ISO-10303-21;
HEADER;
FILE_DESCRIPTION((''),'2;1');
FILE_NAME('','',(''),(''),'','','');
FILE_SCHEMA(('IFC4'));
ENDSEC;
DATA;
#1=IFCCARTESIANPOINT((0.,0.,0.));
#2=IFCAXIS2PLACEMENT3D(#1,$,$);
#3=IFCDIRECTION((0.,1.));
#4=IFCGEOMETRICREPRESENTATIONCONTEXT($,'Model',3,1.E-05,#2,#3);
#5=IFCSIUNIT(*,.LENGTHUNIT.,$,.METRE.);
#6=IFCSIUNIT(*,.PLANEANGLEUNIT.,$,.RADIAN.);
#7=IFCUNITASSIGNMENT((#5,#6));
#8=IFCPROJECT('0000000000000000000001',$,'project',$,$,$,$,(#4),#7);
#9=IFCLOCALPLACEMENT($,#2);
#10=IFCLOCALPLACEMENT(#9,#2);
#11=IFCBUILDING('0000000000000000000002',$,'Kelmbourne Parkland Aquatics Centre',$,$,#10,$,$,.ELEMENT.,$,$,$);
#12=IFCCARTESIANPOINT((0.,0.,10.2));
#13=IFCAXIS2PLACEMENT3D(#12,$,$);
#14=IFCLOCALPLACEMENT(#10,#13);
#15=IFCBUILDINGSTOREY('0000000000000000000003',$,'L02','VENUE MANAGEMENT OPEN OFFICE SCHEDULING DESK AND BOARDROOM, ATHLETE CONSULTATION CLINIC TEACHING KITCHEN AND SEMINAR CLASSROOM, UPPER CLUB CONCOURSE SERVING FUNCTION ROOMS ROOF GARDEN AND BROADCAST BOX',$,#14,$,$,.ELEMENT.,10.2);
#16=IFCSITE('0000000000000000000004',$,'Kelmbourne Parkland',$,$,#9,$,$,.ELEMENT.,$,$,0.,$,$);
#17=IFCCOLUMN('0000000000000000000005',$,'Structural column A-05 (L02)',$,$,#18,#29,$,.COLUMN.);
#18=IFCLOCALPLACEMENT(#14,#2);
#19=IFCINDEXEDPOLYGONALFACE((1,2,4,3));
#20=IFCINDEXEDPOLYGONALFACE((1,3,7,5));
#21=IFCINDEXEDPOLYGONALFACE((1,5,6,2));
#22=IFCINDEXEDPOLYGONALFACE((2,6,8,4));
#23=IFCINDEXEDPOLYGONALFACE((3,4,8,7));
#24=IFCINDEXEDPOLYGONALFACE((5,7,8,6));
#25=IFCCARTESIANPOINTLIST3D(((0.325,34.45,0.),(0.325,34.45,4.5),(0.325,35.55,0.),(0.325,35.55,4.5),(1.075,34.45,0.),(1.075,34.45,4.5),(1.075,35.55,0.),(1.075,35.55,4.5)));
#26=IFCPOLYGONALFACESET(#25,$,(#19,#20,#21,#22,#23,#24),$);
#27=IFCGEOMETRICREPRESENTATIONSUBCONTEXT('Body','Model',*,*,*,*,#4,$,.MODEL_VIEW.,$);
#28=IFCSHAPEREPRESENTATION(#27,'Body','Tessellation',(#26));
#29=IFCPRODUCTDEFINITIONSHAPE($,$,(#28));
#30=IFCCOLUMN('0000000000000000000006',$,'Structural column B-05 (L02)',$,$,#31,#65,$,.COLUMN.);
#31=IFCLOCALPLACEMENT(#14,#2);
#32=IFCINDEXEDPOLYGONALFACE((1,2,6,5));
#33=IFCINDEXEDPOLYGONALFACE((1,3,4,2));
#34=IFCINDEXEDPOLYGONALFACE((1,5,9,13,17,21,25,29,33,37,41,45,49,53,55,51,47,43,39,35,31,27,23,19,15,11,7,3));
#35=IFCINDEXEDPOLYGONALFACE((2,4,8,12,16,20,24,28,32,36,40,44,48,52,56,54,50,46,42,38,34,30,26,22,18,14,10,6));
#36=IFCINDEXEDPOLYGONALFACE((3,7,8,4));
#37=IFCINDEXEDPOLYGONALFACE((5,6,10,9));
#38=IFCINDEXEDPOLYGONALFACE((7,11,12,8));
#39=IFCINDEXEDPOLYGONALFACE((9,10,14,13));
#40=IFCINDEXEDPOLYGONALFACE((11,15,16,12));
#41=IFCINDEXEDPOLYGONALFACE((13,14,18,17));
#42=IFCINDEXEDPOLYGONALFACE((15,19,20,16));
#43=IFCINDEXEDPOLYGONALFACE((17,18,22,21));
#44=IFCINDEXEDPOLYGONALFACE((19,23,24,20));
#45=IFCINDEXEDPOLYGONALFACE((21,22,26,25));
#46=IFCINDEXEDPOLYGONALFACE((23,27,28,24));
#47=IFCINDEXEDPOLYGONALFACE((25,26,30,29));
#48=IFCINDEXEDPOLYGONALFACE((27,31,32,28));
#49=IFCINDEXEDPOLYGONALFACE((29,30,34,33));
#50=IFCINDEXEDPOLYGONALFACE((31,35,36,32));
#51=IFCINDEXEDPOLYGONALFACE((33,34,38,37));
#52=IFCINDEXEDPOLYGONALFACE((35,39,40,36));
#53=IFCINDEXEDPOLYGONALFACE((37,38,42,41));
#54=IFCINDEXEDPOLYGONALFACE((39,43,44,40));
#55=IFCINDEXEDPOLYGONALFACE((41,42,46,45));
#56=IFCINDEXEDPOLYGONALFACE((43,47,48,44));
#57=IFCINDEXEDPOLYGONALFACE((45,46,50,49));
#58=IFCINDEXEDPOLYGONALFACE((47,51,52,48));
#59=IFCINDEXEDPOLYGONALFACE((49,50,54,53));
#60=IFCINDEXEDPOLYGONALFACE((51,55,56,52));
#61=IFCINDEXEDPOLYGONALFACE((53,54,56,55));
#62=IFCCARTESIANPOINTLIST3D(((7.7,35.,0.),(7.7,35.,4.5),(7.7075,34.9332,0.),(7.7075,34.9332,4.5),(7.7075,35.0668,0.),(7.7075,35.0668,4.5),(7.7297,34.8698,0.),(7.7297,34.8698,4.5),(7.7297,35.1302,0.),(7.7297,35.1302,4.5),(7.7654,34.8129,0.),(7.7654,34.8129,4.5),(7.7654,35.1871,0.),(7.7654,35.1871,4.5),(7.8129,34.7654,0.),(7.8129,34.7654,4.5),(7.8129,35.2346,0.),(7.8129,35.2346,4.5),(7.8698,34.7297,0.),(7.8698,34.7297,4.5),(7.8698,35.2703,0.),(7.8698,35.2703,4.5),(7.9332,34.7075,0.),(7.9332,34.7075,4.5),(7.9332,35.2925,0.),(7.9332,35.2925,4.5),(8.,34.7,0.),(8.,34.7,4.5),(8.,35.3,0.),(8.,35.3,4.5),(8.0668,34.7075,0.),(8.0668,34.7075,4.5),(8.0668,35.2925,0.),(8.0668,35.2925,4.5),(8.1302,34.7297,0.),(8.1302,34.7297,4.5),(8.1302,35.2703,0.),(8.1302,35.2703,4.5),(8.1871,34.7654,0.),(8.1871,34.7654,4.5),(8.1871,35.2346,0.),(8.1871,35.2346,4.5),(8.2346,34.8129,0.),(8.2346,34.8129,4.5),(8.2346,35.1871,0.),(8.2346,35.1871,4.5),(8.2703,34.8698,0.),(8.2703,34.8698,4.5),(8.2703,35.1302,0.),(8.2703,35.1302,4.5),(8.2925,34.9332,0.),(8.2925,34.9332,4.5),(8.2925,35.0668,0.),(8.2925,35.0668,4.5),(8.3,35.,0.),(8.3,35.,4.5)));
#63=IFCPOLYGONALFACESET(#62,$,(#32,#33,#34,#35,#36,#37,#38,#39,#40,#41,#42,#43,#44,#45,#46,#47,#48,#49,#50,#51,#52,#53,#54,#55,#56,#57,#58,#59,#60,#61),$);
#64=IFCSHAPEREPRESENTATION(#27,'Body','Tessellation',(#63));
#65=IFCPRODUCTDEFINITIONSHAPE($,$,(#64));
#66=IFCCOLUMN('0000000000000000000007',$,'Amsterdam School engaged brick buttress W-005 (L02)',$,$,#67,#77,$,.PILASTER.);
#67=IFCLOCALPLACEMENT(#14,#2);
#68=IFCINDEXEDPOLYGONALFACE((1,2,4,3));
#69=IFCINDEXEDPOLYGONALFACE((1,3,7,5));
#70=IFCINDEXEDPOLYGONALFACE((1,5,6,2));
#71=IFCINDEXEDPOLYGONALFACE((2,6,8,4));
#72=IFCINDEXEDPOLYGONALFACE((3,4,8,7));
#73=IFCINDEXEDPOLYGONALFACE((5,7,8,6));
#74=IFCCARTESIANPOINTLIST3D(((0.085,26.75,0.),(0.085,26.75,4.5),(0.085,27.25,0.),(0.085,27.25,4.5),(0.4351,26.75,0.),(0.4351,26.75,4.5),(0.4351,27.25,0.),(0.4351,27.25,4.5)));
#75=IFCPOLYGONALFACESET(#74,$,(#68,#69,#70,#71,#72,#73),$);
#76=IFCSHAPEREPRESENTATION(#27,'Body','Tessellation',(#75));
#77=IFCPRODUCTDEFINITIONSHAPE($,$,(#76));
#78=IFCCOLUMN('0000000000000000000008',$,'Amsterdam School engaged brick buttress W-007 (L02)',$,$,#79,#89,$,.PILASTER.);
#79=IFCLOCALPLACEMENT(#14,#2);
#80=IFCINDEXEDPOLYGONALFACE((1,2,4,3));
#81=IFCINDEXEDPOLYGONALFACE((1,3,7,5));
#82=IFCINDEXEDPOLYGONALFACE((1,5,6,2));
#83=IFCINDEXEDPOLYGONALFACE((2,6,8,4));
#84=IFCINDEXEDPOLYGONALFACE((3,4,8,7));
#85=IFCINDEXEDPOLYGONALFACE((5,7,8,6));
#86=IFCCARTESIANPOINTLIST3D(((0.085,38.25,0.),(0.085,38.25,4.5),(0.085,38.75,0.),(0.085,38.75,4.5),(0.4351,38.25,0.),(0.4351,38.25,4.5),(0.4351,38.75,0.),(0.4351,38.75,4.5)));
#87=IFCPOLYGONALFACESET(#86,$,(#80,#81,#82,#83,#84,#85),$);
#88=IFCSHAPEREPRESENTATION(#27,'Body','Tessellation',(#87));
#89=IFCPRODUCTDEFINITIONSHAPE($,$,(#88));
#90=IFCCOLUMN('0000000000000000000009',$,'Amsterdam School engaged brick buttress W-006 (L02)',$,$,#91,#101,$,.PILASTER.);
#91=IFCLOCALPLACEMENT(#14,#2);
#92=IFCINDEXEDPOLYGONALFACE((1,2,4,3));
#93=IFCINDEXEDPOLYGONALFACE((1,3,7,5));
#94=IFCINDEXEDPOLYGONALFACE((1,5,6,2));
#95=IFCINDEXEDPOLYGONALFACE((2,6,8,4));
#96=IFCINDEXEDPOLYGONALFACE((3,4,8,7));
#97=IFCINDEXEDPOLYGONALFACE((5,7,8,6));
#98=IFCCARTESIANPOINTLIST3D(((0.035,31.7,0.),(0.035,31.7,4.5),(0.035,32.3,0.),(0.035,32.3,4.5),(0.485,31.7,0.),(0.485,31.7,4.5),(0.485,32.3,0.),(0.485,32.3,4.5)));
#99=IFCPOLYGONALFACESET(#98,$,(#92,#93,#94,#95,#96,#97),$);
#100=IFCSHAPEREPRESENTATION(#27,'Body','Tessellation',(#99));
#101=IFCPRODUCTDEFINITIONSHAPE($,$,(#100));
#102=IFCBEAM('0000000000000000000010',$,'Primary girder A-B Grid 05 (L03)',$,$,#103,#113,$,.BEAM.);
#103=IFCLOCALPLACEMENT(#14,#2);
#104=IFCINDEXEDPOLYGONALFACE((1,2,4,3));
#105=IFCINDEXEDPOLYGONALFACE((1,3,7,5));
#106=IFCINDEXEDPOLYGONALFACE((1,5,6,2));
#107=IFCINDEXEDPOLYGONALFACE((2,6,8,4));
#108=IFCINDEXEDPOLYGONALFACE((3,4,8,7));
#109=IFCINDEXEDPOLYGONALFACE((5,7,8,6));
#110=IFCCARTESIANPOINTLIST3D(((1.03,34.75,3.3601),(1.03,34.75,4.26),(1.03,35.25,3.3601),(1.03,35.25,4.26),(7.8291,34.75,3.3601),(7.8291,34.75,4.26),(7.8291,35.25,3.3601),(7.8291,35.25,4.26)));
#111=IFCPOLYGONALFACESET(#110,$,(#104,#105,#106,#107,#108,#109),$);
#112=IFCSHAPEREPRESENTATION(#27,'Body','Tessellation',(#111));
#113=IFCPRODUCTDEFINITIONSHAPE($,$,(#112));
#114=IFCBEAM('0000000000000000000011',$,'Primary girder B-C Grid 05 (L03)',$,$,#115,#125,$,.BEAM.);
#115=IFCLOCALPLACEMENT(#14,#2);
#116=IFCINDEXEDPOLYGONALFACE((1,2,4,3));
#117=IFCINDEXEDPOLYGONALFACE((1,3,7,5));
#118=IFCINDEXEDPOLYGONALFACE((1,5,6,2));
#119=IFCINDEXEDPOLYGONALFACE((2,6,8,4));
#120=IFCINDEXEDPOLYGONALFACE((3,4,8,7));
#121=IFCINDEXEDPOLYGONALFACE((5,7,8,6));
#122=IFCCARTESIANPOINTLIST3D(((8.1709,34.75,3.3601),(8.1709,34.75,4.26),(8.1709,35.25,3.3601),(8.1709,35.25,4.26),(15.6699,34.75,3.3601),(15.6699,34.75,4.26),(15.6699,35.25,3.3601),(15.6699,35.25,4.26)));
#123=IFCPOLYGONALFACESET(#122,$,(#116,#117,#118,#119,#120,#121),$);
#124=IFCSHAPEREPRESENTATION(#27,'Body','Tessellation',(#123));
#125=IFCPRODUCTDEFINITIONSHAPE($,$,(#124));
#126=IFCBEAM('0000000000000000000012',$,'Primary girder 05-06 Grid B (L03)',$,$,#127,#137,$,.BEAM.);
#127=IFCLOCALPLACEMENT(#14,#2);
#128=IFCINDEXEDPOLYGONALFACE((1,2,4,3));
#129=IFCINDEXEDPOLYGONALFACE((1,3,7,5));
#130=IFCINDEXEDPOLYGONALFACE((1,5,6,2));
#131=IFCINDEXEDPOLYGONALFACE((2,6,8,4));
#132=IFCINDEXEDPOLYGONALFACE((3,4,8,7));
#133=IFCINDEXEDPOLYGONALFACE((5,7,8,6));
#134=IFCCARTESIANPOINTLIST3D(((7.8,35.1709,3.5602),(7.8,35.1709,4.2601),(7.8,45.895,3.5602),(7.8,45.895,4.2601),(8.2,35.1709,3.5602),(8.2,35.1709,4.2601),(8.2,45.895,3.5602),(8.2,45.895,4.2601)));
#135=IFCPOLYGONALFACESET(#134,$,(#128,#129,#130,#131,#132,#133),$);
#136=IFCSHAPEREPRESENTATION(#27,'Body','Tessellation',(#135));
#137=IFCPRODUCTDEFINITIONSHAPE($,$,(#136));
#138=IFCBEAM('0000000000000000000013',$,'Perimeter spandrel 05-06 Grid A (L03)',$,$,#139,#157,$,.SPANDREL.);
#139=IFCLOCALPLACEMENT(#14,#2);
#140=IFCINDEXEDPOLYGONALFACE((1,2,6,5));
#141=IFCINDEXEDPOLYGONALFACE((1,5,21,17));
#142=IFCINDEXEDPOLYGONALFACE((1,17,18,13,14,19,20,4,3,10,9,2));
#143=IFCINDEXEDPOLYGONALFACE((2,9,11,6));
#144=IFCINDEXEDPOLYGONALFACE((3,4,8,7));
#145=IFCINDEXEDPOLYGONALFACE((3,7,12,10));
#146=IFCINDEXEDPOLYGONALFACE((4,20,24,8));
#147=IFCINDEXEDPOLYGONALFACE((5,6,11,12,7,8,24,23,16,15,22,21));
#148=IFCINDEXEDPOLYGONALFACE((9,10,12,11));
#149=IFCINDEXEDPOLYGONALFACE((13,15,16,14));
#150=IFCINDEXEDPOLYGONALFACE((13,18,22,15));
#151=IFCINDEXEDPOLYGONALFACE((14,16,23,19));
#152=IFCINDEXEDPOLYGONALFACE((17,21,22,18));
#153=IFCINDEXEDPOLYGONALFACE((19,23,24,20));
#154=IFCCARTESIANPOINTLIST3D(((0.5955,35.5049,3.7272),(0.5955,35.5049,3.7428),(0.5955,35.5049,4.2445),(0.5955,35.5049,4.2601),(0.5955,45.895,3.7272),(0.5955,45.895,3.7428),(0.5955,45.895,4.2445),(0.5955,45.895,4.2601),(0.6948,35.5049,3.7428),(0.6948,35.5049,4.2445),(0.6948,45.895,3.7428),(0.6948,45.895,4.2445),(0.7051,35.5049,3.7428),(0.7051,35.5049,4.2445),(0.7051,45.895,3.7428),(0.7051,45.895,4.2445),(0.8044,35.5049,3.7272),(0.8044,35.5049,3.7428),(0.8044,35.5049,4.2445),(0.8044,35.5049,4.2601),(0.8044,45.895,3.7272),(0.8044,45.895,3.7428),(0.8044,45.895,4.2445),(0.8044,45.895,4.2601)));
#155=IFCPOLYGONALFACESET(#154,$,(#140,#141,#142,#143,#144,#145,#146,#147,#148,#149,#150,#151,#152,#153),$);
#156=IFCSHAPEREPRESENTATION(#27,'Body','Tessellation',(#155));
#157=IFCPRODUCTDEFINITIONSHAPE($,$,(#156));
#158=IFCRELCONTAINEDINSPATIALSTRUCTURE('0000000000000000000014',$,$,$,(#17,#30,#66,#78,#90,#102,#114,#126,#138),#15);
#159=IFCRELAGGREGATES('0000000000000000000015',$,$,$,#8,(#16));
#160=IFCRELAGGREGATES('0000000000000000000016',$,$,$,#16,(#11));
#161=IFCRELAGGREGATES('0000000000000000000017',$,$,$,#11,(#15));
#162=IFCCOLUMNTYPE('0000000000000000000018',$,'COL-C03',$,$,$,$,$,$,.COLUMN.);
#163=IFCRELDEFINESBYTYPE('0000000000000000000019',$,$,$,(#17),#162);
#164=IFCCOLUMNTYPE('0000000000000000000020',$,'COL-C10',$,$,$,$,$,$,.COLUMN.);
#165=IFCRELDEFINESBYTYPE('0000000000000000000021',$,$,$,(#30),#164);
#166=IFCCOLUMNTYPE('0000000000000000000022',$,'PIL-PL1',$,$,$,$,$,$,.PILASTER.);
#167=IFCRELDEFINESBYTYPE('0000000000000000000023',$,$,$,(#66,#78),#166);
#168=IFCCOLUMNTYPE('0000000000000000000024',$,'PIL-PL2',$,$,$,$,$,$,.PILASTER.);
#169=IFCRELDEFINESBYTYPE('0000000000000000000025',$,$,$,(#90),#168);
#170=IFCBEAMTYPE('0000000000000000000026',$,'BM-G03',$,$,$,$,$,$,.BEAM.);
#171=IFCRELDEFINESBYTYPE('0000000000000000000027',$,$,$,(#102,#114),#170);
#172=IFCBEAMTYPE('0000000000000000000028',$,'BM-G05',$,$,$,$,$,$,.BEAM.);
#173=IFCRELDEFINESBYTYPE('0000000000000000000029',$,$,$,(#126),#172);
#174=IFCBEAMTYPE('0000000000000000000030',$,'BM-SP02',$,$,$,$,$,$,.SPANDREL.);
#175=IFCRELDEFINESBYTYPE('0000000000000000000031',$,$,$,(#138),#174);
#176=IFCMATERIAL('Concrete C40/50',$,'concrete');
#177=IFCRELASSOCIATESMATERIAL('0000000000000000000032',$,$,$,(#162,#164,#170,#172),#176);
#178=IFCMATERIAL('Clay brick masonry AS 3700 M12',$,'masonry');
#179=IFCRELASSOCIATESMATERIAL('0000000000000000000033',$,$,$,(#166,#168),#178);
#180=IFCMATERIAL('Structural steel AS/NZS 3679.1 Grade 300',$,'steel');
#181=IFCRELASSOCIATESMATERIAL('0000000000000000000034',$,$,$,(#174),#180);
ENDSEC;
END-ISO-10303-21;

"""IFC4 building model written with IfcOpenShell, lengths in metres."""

from ifc_helpers import new_model, si_unit, direction, frame, origin, origin_2d, place, context, subcontext, project, spatial, rectangle, circle, i_section, extrude, material, material_profile, profile_set, type_object, element, save


model = new_model("IFC4")

# Units and contexts
model_context = context("Model", 3, precision=1e-05, world=origin(), true_north=direction((0.0, 1.0)))
body_context = subcontext(model_context, "Body", "Model", "MODEL_VIEW")
ifc_project = project(units=[si_unit("LENGTHUNIT", "METRE"), si_unit("PLANEANGLEUNIT", "RADIAN")], contexts=[model_context])

# Site, building, storey
site_placement = place(None, origin())
site = spatial("IfcSite", under=ifc_project, at=site_placement, Name="Kelmbourne Parkland", CompositionType="ELEMENT", RefElevation=0.0)
building_placement = place(site_placement, origin())
building = spatial("IfcBuilding", under=site, at=building_placement, Name="Kelmbourne Parkland Aquatics Centre", CompositionType="ELEMENT")
storey_placement = place(building_placement, frame((0.0, 0.0, 10.2)))
storey = spatial("IfcBuildingStorey", under=building, at=storey_placement, Name="L02", Description="VENUE MANAGEMENT OPEN OFFICE SCHEDULING DESK AND BOARDROOM, ATHLETE CONSULTATION CLINIC TEACHING KITCHEN AND SEMINAR CLASSROOM, UPPER CLUB CONCOURSE SERVING FUNCTION ROOMS ROOF GARDEN AND BROADCAST BOX", CompositionType="ELEMENT", Elevation=10.2)

# Columns
ifc_material_1 = material(Name="Concrete C40/50", Category="concrete")
ifc_material_profile_1 = material_profile(ifc_material_1, rectangle(XDim=0.75, YDim=1.1001, at=origin_2d()), Name="RC 750x1100")
ifc_profile_set_1 = profile_set([ifc_material_profile_1], Name="Concrete C40/50")
column_type_1 = type_object("IfcColumnType", Name="COL-C03", PredefinedType="COLUMN", material=ifc_profile_set_1)
column_1_placement = place(storey_placement, frame((0.7, 35.0, 0.0), z_axis=(0.0, 0.0, 1.0), x_axis=(1.0, 0.0, 0.0)))
element("IfcColumn", 1, at=column_1_placement, inside=storey, type_object=column_type_1, Name="Structural column A-05 (L02)", PredefinedType="COLUMN", context=body_context, shape_type="SweptSolid", body=[
    extrude(rectangle(XDim=0.75, YDim=1.1001, at=origin_2d()), origin(), (0.0, 0.0, 1.0), 4.5),
])
ifc_material_profile_2 = material_profile(ifc_material_1, circle(Radius=0.3, at=origin_2d()), Name="RC D600")
ifc_profile_set_2 = profile_set([ifc_material_profile_2], Name="Concrete C40/50")
column_type_2 = type_object("IfcColumnType", Name="COL-C10", PredefinedType="COLUMN", material=ifc_profile_set_2)
column_2_placement = place(storey_placement, frame((8.0, 35.0, 0.0), z_axis=(0.0, 0.0, 1.0), x_axis=(1.0, 0.0, 0.0)))
element("IfcColumn", 2, at=column_2_placement, inside=storey, type_object=column_type_2, Name="Structural column B-05 (L02)", PredefinedType="COLUMN", context=body_context, shape_type="SweptSolid", body=[
    extrude(circle(Radius=0.3, at=origin_2d()), origin(), (0.0, 0.0, 1.0), 4.5),
])
ifc_material_2 = material(Name="Clay brick masonry AS 3700 M12", Category="masonry")
ifc_material_profile_3 = material_profile(ifc_material_2, rectangle(XDim=0.3501, YDim=0.5, at=origin_2d()), Name="PIL 350x500")
ifc_profile_set_3 = profile_set([ifc_material_profile_3], Name="Clay brick masonry AS 3700 M12")
column_type_3 = type_object("IfcColumnType", Name="PIL-PL1", PredefinedType="PILASTER", material=ifc_profile_set_3)
for number, where, z_axis, x_axis, name in (
    (3, (0.26, 27.0, 0.0), (0.0, 0.0, 1.0), (1.0, 0.0, 0.0), "Amsterdam School engaged brick buttress W-005 (L02)"),
    (4, (0.26, 38.5, 0.0), (0.0, 0.0, 1.0), (1.0, 0.0, 0.0), "Amsterdam School engaged brick buttress W-007 (L02)"),
):
    element("IfcColumn", number, at=place(storey_placement, frame(where, z_axis=z_axis, x_axis=x_axis)), inside=storey, type_object=column_type_3, Name=name, PredefinedType="PILASTER", context=body_context, shape_type="SweptSolid", body=[
        extrude(rectangle(XDim=0.3501, YDim=0.5, at=origin_2d()), origin(), (0.0, 0.0, 1.0), 4.5),
    ])
ifc_material_profile_4 = material_profile(ifc_material_2, rectangle(XDim=0.45, YDim=0.6001, at=origin_2d()), Name="PIL 450x600")
ifc_profile_set_4 = profile_set([ifc_material_profile_4], Name="Clay brick masonry AS 3700 M12")
column_type_4 = type_object("IfcColumnType", Name="PIL-PL2", PredefinedType="PILASTER", material=ifc_profile_set_4)
column_3_placement = place(storey_placement, frame((0.26, 32.0, 0.0), z_axis=(0.0, 0.0, 1.0), x_axis=(1.0, 0.0, 0.0)))
element("IfcColumn", 5, at=column_3_placement, inside=storey, type_object=column_type_4, Name="Amsterdam School engaged brick buttress W-006 (L02)", PredefinedType="PILASTER", context=body_context, shape_type="SweptSolid", body=[
    extrude(rectangle(XDim=0.45, YDim=0.6001, at=origin_2d()), origin(), (0.0, 0.0, 1.0), 4.5),
])

# Beams
ifc_material_profile_5 = material_profile(ifc_material_1, rectangle(XDim=0.5, YDim=0.8999, at=origin_2d()), Name="RC 500x900")
ifc_profile_set_5 = profile_set([ifc_material_profile_5], Name="Concrete C40/50")
beam_type_1 = type_object("IfcBeamType", Name="BM-G03", PredefinedType="BEAM", material=ifc_profile_set_5)
beam_1_placement = place(storey_placement, frame((1.03, 35.0, 3.8101), z_axis=(1.0, 0.0, 0.0), x_axis=(0.0, 1.0, 0.0)))
element("IfcBeam", 6, at=beam_1_placement, inside=storey, type_object=beam_type_1, Name="Primary girder A-B Grid 05 (L03)", PredefinedType="BEAM", context=body_context, shape_type="SweptSolid", body=[
    extrude(rectangle(XDim=0.5, YDim=0.8999, at=origin_2d()), origin(), (0.0, 0.0, 1.0), 6.7991),
])
beam_2_placement = place(storey_placement, frame((8.1709, 35.0, 3.8101), z_axis=(1.0, 0.0, 0.0), x_axis=(0.0, 1.0, 0.0)))
element("IfcBeam", 7, at=beam_2_placement, inside=storey, type_object=beam_type_1, Name="Primary girder B-C Grid 05 (L03)", PredefinedType="BEAM", context=body_context, shape_type="SweptSolid", body=[
    extrude(rectangle(XDim=0.5, YDim=0.8999, at=origin_2d()), origin(), (0.0, 0.0, 1.0), 7.499),
])
ifc_material_profile_6 = material_profile(ifc_material_1, rectangle(XDim=0.3999, YDim=0.7, at=origin_2d()), Name="RC 400x700")
ifc_profile_set_6 = profile_set([ifc_material_profile_6], Name="Concrete C40/50")
beam_type_2 = type_object("IfcBeamType", Name="BM-G05", PredefinedType="BEAM", material=ifc_profile_set_6)
beam_3_placement = place(storey_placement, frame((8.0, 35.1709, 3.9102), z_axis=(0.0, 1.0, 0.0), x_axis=(-1.0, 0.0, 0.0)))
element("IfcBeam", 8, at=beam_3_placement, inside=storey, type_object=beam_type_2, Name="Primary girder 05-06 Grid B (L03)", PredefinedType="BEAM", context=body_context, shape_type="SweptSolid", body=[
    extrude(rectangle(XDim=0.3999, YDim=0.7, at=origin_2d()), origin(), (0.0, 0.0, 1.0), 10.7241),
])
ifc_material_3 = material(Name="Structural steel AS/NZS 3679.1 Grade 300", Category="steel")
ifc_material_profile_7 = material_profile(ifc_material_3, i_section(OverallWidth=0.209, OverallDepth=0.533, WebThickness=0.0103, FlangeThickness=0.0156, at=origin_2d()), Name="530UB92.4")
ifc_profile_set_7 = profile_set([ifc_material_profile_7], Name="Structural steel AS/NZS 3679.1 Grade 300")
beam_type_3 = type_object("IfcBeamType", Name="BM-SP02", PredefinedType="SPANDREL", material=ifc_profile_set_7)
beam_4_placement = place(storey_placement, frame((0.7, 35.5049, 3.9937), z_axis=(0.0, 1.0, 0.0), x_axis=(-1.0, 0.0, 0.0)))
element("IfcBeam", 9, at=beam_4_placement, inside=storey, type_object=beam_type_3, Name="Perimeter spandrel 05-06 Grid A (L03)", PredefinedType="SPANDREL", context=body_context, shape_type="SweptSolid", body=[
    extrude(i_section(OverallWidth=0.209, OverallDepth=0.533, WebThickness=0.0103, FlangeThickness=0.0156, at=origin_2d()), origin(), (0.0, 0.0, 1.0), 10.3901),
])

save(model, "model.ifc")
